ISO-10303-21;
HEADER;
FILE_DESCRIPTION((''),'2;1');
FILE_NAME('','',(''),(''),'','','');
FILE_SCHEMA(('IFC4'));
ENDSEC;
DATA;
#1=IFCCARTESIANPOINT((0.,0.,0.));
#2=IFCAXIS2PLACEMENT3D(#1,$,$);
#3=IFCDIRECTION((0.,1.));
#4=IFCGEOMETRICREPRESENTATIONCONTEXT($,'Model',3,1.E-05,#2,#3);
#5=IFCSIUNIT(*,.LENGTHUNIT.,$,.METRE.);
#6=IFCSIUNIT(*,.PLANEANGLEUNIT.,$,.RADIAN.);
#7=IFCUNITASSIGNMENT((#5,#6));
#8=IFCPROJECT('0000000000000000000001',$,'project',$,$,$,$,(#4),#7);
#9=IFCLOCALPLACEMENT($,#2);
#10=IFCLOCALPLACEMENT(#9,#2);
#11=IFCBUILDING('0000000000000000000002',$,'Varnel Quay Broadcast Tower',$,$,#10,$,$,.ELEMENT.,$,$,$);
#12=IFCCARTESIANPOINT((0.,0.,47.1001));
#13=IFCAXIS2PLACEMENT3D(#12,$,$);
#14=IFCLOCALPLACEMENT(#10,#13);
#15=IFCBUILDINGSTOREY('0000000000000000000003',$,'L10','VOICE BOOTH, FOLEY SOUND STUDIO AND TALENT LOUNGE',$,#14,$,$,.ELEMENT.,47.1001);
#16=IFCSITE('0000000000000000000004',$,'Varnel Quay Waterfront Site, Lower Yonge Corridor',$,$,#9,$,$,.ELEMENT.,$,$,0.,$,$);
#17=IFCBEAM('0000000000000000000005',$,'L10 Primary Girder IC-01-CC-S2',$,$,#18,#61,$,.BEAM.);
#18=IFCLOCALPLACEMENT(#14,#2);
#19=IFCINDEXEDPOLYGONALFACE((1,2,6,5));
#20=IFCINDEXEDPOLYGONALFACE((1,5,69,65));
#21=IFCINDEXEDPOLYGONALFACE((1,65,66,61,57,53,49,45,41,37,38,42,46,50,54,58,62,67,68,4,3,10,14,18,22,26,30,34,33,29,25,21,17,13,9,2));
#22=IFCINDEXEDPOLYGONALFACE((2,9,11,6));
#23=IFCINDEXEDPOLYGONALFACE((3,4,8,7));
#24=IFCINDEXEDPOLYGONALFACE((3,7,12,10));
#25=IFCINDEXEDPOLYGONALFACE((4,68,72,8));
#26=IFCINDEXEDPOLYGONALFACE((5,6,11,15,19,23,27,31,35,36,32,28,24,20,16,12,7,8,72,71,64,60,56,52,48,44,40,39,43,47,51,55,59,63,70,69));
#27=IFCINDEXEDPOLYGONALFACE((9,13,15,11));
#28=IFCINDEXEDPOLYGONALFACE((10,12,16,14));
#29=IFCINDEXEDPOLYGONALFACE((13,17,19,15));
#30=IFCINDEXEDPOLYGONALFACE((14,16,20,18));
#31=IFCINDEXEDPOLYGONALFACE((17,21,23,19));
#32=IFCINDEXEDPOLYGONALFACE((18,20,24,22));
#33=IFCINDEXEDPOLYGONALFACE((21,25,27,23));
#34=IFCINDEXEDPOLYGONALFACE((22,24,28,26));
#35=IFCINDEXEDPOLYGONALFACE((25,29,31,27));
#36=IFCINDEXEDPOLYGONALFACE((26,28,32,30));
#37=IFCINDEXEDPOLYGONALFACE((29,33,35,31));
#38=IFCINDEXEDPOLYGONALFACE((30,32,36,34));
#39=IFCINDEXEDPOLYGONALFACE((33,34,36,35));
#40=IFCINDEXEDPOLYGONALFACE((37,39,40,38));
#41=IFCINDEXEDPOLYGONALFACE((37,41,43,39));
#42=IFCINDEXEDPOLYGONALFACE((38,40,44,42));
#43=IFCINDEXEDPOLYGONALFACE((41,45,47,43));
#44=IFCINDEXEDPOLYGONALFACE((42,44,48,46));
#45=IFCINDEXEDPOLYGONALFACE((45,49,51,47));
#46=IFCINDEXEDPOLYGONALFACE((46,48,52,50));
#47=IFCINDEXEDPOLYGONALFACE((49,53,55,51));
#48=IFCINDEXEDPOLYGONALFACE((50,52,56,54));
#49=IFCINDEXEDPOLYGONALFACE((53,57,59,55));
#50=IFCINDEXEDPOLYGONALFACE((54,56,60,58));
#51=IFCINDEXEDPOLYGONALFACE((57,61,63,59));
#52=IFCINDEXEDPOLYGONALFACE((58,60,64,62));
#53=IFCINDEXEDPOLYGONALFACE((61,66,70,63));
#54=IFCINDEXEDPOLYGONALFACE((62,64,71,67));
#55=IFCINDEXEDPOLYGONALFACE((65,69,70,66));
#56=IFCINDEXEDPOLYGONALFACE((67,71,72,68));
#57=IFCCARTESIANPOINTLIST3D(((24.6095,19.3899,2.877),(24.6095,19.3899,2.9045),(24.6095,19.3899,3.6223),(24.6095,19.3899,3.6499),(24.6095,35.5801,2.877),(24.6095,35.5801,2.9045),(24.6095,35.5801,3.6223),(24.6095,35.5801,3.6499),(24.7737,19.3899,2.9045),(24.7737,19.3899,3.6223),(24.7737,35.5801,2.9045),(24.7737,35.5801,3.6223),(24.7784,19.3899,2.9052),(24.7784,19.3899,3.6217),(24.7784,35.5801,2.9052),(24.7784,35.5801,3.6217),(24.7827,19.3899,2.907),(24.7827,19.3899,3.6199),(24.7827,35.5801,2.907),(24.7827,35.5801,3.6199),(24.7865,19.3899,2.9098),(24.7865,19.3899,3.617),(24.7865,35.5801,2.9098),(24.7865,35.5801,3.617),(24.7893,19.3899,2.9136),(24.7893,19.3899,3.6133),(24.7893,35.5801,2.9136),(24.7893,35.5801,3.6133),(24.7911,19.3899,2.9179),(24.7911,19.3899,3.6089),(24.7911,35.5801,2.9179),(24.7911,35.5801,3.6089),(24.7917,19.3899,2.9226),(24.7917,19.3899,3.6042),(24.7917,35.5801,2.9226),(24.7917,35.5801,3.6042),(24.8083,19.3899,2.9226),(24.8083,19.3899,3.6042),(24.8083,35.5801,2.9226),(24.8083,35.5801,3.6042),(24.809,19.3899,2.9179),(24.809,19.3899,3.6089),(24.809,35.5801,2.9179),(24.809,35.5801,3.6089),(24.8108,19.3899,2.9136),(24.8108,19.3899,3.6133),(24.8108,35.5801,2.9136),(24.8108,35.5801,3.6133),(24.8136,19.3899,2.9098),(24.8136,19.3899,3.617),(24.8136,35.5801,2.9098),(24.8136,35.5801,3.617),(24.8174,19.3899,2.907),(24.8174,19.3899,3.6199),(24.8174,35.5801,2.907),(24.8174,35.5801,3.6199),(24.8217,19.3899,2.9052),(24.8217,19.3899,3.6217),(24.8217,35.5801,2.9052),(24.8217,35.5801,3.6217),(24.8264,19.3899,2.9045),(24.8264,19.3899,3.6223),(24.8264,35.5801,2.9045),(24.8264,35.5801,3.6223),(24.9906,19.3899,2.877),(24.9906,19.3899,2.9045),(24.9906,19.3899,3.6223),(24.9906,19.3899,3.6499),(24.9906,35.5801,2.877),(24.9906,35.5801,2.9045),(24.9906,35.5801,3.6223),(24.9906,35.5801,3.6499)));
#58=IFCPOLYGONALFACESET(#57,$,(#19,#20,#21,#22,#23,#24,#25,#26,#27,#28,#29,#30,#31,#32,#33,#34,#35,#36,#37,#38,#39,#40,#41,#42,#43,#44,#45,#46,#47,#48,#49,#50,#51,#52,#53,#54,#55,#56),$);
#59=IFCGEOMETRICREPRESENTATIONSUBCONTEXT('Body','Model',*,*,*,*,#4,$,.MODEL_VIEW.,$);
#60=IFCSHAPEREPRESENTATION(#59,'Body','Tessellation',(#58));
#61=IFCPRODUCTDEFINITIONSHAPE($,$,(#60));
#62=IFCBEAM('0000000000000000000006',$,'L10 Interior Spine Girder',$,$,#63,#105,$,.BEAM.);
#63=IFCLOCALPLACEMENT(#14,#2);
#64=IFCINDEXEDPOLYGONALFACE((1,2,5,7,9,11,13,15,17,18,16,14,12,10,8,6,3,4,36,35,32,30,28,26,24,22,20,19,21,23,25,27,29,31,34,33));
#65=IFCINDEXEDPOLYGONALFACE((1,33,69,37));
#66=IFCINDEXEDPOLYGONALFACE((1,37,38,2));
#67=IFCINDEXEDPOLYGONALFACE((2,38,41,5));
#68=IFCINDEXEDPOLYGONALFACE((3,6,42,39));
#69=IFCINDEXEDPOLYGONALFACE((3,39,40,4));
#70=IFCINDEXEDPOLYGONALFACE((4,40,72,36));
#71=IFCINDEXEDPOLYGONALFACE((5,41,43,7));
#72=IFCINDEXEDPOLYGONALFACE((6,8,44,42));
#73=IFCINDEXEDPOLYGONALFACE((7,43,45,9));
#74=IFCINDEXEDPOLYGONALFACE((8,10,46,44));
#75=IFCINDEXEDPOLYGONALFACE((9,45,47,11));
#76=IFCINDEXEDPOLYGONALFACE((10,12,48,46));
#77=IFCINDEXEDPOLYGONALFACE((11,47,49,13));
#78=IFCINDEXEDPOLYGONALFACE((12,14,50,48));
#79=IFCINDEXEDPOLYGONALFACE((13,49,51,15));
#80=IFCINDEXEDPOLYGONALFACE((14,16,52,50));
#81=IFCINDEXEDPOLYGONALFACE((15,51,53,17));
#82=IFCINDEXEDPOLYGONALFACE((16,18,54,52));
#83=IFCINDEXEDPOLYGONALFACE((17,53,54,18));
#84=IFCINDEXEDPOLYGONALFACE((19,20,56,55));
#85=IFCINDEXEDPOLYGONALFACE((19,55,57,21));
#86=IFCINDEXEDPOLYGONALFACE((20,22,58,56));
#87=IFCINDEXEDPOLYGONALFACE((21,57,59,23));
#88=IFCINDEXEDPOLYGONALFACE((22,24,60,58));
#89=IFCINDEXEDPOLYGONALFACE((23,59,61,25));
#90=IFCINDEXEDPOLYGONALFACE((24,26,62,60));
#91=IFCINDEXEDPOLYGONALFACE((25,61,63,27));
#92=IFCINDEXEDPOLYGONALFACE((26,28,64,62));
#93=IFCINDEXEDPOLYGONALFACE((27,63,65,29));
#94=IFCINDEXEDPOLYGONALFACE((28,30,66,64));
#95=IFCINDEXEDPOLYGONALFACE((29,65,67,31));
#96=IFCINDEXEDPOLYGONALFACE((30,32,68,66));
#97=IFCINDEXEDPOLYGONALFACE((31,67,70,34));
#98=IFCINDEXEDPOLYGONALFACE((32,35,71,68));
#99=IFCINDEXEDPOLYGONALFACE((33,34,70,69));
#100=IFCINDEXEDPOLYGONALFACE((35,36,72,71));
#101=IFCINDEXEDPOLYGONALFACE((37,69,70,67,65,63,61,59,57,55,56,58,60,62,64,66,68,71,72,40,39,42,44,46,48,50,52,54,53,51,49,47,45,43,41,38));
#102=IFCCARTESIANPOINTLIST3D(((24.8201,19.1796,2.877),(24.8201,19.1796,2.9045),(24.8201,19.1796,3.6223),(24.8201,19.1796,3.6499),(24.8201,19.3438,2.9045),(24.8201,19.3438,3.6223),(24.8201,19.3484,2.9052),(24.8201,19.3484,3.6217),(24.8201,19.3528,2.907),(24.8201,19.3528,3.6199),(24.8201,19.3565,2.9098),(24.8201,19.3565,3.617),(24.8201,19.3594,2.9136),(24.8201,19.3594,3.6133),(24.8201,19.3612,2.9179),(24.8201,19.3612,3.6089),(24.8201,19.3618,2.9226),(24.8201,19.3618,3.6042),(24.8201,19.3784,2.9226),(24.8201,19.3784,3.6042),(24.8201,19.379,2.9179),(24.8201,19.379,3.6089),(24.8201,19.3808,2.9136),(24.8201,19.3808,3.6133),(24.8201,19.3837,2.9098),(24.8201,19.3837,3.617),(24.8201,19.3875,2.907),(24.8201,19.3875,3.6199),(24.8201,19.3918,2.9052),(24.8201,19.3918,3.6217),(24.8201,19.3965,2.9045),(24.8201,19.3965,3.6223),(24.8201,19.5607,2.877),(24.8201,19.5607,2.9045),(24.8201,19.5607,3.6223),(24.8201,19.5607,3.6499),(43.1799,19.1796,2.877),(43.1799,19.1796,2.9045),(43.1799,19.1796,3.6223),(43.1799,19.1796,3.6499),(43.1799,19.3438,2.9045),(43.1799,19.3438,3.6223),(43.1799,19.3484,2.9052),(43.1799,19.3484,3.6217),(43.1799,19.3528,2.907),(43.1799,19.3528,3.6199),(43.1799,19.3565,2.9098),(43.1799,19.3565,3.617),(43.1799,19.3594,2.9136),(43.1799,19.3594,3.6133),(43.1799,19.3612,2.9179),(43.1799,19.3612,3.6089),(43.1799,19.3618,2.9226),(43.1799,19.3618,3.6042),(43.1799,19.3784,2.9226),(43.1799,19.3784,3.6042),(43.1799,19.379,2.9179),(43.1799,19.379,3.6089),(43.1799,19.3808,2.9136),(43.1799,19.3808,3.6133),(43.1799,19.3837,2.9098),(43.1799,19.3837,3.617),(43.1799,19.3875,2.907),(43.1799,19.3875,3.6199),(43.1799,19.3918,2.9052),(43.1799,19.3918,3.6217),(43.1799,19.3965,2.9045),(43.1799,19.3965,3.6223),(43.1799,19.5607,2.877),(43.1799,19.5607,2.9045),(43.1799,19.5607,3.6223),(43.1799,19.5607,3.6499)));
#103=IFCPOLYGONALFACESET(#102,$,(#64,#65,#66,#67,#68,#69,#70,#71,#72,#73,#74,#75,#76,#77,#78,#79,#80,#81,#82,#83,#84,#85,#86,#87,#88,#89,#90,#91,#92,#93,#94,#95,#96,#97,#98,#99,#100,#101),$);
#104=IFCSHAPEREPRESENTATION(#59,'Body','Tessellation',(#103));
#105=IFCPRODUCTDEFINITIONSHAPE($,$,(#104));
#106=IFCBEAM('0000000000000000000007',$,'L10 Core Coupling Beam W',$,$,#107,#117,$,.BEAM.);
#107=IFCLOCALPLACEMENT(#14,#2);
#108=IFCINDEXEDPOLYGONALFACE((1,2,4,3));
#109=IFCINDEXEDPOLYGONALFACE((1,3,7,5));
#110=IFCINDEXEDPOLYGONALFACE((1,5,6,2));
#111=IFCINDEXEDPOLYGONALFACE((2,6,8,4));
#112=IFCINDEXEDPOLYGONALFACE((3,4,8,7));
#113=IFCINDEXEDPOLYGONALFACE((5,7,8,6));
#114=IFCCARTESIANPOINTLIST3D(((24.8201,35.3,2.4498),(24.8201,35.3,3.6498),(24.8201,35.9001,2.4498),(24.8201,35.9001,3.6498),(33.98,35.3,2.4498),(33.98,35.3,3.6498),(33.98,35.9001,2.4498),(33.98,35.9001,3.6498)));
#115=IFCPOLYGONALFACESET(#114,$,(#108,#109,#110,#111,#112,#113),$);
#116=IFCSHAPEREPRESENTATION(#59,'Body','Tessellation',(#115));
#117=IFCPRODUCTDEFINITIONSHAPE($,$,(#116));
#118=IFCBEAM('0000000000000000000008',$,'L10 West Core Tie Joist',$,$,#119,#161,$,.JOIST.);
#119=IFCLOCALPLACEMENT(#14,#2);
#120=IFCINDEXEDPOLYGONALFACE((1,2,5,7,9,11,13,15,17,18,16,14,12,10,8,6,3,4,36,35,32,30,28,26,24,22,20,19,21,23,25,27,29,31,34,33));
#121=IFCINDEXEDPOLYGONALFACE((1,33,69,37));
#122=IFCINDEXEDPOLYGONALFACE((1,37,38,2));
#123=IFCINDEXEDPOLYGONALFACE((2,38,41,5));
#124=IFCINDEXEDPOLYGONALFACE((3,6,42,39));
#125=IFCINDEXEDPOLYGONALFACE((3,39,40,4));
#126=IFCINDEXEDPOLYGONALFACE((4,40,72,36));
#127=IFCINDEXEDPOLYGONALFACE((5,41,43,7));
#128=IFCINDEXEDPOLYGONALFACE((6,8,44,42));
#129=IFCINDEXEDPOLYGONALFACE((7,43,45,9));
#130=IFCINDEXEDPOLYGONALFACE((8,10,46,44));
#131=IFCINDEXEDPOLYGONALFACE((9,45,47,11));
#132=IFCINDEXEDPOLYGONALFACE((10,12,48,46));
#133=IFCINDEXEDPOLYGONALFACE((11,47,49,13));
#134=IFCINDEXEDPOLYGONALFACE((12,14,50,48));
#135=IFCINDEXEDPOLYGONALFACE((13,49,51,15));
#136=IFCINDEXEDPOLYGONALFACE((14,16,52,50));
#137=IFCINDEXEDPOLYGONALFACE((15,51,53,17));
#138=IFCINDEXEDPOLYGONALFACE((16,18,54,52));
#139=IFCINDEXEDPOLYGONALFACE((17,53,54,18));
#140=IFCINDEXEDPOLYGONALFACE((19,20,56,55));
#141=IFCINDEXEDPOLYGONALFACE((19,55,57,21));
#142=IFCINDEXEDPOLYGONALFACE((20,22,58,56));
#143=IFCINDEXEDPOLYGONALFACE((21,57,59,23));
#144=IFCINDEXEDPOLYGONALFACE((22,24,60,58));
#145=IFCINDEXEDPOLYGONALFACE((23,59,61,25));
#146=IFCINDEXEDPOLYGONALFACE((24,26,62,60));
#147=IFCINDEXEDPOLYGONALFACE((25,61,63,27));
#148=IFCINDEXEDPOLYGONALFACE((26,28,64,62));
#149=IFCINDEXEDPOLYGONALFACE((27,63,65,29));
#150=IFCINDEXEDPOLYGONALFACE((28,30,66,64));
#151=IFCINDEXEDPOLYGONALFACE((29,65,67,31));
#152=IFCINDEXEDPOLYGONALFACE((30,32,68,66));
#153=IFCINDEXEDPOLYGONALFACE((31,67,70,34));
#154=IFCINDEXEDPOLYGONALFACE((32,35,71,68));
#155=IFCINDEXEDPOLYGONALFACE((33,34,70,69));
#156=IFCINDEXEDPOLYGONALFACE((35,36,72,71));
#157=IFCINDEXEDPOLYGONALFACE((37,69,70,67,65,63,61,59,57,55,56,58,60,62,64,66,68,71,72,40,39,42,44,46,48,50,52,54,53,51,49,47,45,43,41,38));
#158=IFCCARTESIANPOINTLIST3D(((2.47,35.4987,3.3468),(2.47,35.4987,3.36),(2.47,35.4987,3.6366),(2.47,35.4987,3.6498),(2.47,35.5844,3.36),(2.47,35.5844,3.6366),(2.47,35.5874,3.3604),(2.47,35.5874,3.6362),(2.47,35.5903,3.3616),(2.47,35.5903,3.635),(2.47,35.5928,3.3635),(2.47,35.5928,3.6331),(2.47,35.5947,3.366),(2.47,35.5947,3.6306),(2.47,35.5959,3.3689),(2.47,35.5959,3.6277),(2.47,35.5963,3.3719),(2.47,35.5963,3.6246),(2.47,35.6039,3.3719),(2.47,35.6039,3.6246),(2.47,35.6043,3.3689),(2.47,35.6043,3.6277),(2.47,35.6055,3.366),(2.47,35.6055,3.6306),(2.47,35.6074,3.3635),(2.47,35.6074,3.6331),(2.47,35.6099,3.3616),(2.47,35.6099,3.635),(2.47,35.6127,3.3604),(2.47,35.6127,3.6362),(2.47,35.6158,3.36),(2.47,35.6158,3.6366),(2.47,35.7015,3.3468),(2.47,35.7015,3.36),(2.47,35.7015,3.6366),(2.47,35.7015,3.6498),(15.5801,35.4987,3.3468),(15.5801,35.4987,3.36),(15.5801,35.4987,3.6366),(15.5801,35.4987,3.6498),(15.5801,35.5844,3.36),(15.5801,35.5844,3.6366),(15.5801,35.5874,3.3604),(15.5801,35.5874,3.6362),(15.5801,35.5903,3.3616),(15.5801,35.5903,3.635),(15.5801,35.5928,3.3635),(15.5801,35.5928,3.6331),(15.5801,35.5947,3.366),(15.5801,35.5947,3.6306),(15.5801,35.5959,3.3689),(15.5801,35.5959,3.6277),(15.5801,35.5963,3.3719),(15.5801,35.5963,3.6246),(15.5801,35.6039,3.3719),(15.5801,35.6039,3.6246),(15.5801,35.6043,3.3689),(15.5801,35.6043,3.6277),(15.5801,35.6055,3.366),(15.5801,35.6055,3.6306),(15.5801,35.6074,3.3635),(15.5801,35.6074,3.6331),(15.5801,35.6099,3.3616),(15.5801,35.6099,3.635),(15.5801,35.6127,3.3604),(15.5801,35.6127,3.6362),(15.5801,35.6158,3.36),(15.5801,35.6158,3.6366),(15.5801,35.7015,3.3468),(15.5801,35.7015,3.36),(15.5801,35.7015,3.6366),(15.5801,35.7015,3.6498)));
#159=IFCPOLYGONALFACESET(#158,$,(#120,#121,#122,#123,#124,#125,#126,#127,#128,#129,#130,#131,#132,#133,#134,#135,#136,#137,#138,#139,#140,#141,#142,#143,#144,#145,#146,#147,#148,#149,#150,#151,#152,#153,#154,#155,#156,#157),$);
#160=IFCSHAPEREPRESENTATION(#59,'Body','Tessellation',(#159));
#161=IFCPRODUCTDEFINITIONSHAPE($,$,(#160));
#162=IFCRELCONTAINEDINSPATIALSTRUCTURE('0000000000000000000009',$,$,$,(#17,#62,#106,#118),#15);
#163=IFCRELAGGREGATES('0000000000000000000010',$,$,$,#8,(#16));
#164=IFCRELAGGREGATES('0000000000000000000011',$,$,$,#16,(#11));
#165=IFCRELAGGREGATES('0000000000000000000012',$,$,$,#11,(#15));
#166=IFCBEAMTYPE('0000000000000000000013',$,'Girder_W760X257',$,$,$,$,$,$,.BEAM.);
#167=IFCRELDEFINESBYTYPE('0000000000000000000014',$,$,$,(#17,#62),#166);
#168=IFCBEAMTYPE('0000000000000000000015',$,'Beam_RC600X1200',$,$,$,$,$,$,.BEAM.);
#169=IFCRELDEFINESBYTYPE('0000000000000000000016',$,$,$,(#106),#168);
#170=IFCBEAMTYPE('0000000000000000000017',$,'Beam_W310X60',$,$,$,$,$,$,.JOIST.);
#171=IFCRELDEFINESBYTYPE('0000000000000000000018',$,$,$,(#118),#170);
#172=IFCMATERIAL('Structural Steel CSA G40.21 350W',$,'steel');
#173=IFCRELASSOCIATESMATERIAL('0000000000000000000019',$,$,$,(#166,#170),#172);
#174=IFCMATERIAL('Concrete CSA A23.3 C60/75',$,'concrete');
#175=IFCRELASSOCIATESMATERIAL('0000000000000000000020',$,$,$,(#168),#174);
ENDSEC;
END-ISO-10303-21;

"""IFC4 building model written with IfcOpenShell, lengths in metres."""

from ifc_helpers import new_model, si_unit, direction, frame, origin, origin_2d, place, context, subcontext, project, spatial, rectangle, i_section, extrude, source, transform, mapped, material, material_profile, profile_set, type_object, type_shapes, element, save


model = new_model("IFC4")

# Units and contexts
model_context = context("Model", 3, precision=1e-05, world=origin(), true_north=direction((0.0, 1.0)))
body_context = subcontext(model_context, "Body", "Model", "MODEL_VIEW")
ifc_project = project(units=[si_unit("LENGTHUNIT", "METRE"), si_unit("PLANEANGLEUNIT", "RADIAN")], contexts=[model_context])

# Site, building, storey
site_placement = place(None, origin())
site = spatial("IfcSite", under=ifc_project, at=site_placement, Name="Varnel Quay Waterfront Site, Lower Yonge Corridor", CompositionType="ELEMENT", RefElevation=0.0)
building_placement = place(site_placement, origin())
building = spatial("IfcBuilding", under=site, at=building_placement, Name="Varnel Quay Broadcast Tower", CompositionType="ELEMENT")
storey_placement = place(building_placement, frame((0.0, 0.0, 47.1001)))
storey = spatial("IfcBuildingStorey", under=building, at=storey_placement, Name="L10", Description="VOICE BOOTH, FOLEY SOUND STUDIO AND TALENT LOUNGE", CompositionType="ELEMENT", Elevation=47.1001)

# Shared definitions
ifc_material_1 = material(Name="Structural Steel CSA G40.21 350W", Category="steel")
ifc_material_2 = material(Name="Concrete CSA A23.3 C60/75", Category="concrete")

# Beams
ifc_material_profile_1 = material_profile(ifc_material_1, i_section(OverallWidth=0.3811, OverallDepth=0.7729, WebThickness=0.0166, FlangeThickness=0.0276, FilletRadius=0.0181, at=origin_2d()), Name="W760X257")
ifc_profile_set_1 = profile_set([ifc_material_profile_1], Name="Structural Steel CSA G40.21 350W")
beam_type_1 = type_object("IfcBeamType", Name="Girder_W760X257", PredefinedType="BEAM", material=ifc_profile_set_1)
shared_shape_1 = source(origin(), body_context, "Body", "SweptSolid", [
    extrude(i_section(OverallWidth=0.3811, OverallDepth=0.7729, WebThickness=0.0166, FlangeThickness=0.0276, FilletRadius=0.0181, at=origin_2d()), origin(), (0.0, 0.0, 1.0), 16.1902),
])
beam_1_placement = place(storey_placement, frame((24.8, 19.3899, 3.2634), z_axis=(0.0, 1.0, 0.0), x_axis=(-1.0, 0.0, 0.0)))
element("IfcBeam", 1, at=beam_1_placement, inside=storey, type_object=beam_type_1, Name="L10 Primary Girder IC-01-CC-S2", PredefinedType="BEAM", context=body_context, shape_type="MappedRepresentation", body=[
    mapped(shared_shape_1, transform((0.0, 0.0, 0.0), x_axis=(1.0, 0.0, 0.0), y_axis=(0.0, 1.0, 0.0), z_axis=(0.0, 0.0, 1.0), scale=1.0)),
])
shared_shape_2 = source(origin(), body_context, "Body", "SweptSolid", [
    extrude(i_section(OverallWidth=0.3811, OverallDepth=0.7729, WebThickness=0.0166, FlangeThickness=0.0276, FilletRadius=0.0181, at=origin_2d()), origin(), (0.0, 0.0, 1.0), 18.3599),
])
type_shapes(beam_type_1, [shared_shape_1, shared_shape_2])
beam_2_placement = place(storey_placement, frame((24.8201, 19.3701, 3.2634), z_axis=(1.0, 0.0, 0.0), x_axis=(0.0, 1.0, 0.0)))
element("IfcBeam", 2, at=beam_2_placement, inside=storey, type_object=beam_type_1, Name="L10 Interior Spine Girder", PredefinedType="BEAM", context=body_context, shape_type="MappedRepresentation", body=[
    mapped(shared_shape_2, transform((0.0, 0.0, 0.0), x_axis=(1.0, 0.0, 0.0), y_axis=(0.0, 1.0, 0.0), z_axis=(0.0, 0.0, 1.0), scale=1.0)),
])
ifc_material_profile_2 = material_profile(ifc_material_2, rectangle(XDim=0.6001, YDim=1.2, at=origin_2d()), Name="RC600X1200")
ifc_profile_set_2 = profile_set([ifc_material_profile_2], Name="Concrete CSA A23.3 C60/75")
beam_type_2 = type_object("IfcBeamType", Name="Beam_RC600X1200", PredefinedType="BEAM", material=ifc_profile_set_2)
shared_shape_3 = source(origin(), body_context, "Body", "SweptSolid", [
    extrude(rectangle(XDim=0.6001, YDim=1.2, at=origin_2d()), origin(), (0.0, 0.0, 1.0), 9.1599),
])
type_shapes(beam_type_2, [shared_shape_3])
beam_3_placement = place(storey_placement, frame((24.8201, 35.6001, 3.0498), z_axis=(1.0, 0.0, 0.0), x_axis=(0.0, 1.0, 0.0)))
element("IfcBeam", 3, at=beam_3_placement, inside=storey, type_object=beam_type_2, Name="L10 Core Coupling Beam W", PredefinedType="BEAM", context=body_context, shape_type="MappedRepresentation", body=[
    mapped(shared_shape_3, transform((0.0, 0.0, 0.0), x_axis=(1.0, 0.0, 0.0), y_axis=(0.0, 1.0, 0.0), z_axis=(0.0, 0.0, 1.0), scale=1.0)),
])
ifc_material_profile_3 = material_profile(ifc_material_1, i_section(OverallWidth=0.2029, OverallDepth=0.303, WebThickness=0.0076, FlangeThickness=0.0132, FilletRadius=0.012, at=origin_2d()), Name="W310X60")
ifc_profile_set_3 = profile_set([ifc_material_profile_3], Name="Structural Steel CSA G40.21 350W")
beam_type_3 = type_object("IfcBeamType", Name="Beam_W310X60", PredefinedType="JOIST", material=ifc_profile_set_3)
shared_shape_4 = source(origin(), body_context, "Body", "SweptSolid", [
    extrude(i_section(OverallWidth=0.2029, OverallDepth=0.303, WebThickness=0.0076, FlangeThickness=0.0132, FilletRadius=0.012, at=origin_2d()), origin(), (0.0, 0.0, 1.0), 13.1101),
])
beam_4_placement = place(storey_placement, frame((2.47, 35.6001, 3.4983), z_axis=(1.0, 0.0, 0.0), x_axis=(0.0, 1.0, 0.0)))
element("IfcBeam", 4, at=beam_4_placement, inside=storey, type_object=beam_type_3, Name="L10 West Core Tie Joist", PredefinedType="JOIST", context=body_context, shape_type="MappedRepresentation", body=[
    mapped(shared_shape_4, transform((0.0, 0.0, 0.0), x_axis=(1.0, 0.0, 0.0), y_axis=(0.0, 1.0, 0.0), z_axis=(0.0, 0.0, 1.0), scale=1.0)),
])

save(model, "model.ifc")
